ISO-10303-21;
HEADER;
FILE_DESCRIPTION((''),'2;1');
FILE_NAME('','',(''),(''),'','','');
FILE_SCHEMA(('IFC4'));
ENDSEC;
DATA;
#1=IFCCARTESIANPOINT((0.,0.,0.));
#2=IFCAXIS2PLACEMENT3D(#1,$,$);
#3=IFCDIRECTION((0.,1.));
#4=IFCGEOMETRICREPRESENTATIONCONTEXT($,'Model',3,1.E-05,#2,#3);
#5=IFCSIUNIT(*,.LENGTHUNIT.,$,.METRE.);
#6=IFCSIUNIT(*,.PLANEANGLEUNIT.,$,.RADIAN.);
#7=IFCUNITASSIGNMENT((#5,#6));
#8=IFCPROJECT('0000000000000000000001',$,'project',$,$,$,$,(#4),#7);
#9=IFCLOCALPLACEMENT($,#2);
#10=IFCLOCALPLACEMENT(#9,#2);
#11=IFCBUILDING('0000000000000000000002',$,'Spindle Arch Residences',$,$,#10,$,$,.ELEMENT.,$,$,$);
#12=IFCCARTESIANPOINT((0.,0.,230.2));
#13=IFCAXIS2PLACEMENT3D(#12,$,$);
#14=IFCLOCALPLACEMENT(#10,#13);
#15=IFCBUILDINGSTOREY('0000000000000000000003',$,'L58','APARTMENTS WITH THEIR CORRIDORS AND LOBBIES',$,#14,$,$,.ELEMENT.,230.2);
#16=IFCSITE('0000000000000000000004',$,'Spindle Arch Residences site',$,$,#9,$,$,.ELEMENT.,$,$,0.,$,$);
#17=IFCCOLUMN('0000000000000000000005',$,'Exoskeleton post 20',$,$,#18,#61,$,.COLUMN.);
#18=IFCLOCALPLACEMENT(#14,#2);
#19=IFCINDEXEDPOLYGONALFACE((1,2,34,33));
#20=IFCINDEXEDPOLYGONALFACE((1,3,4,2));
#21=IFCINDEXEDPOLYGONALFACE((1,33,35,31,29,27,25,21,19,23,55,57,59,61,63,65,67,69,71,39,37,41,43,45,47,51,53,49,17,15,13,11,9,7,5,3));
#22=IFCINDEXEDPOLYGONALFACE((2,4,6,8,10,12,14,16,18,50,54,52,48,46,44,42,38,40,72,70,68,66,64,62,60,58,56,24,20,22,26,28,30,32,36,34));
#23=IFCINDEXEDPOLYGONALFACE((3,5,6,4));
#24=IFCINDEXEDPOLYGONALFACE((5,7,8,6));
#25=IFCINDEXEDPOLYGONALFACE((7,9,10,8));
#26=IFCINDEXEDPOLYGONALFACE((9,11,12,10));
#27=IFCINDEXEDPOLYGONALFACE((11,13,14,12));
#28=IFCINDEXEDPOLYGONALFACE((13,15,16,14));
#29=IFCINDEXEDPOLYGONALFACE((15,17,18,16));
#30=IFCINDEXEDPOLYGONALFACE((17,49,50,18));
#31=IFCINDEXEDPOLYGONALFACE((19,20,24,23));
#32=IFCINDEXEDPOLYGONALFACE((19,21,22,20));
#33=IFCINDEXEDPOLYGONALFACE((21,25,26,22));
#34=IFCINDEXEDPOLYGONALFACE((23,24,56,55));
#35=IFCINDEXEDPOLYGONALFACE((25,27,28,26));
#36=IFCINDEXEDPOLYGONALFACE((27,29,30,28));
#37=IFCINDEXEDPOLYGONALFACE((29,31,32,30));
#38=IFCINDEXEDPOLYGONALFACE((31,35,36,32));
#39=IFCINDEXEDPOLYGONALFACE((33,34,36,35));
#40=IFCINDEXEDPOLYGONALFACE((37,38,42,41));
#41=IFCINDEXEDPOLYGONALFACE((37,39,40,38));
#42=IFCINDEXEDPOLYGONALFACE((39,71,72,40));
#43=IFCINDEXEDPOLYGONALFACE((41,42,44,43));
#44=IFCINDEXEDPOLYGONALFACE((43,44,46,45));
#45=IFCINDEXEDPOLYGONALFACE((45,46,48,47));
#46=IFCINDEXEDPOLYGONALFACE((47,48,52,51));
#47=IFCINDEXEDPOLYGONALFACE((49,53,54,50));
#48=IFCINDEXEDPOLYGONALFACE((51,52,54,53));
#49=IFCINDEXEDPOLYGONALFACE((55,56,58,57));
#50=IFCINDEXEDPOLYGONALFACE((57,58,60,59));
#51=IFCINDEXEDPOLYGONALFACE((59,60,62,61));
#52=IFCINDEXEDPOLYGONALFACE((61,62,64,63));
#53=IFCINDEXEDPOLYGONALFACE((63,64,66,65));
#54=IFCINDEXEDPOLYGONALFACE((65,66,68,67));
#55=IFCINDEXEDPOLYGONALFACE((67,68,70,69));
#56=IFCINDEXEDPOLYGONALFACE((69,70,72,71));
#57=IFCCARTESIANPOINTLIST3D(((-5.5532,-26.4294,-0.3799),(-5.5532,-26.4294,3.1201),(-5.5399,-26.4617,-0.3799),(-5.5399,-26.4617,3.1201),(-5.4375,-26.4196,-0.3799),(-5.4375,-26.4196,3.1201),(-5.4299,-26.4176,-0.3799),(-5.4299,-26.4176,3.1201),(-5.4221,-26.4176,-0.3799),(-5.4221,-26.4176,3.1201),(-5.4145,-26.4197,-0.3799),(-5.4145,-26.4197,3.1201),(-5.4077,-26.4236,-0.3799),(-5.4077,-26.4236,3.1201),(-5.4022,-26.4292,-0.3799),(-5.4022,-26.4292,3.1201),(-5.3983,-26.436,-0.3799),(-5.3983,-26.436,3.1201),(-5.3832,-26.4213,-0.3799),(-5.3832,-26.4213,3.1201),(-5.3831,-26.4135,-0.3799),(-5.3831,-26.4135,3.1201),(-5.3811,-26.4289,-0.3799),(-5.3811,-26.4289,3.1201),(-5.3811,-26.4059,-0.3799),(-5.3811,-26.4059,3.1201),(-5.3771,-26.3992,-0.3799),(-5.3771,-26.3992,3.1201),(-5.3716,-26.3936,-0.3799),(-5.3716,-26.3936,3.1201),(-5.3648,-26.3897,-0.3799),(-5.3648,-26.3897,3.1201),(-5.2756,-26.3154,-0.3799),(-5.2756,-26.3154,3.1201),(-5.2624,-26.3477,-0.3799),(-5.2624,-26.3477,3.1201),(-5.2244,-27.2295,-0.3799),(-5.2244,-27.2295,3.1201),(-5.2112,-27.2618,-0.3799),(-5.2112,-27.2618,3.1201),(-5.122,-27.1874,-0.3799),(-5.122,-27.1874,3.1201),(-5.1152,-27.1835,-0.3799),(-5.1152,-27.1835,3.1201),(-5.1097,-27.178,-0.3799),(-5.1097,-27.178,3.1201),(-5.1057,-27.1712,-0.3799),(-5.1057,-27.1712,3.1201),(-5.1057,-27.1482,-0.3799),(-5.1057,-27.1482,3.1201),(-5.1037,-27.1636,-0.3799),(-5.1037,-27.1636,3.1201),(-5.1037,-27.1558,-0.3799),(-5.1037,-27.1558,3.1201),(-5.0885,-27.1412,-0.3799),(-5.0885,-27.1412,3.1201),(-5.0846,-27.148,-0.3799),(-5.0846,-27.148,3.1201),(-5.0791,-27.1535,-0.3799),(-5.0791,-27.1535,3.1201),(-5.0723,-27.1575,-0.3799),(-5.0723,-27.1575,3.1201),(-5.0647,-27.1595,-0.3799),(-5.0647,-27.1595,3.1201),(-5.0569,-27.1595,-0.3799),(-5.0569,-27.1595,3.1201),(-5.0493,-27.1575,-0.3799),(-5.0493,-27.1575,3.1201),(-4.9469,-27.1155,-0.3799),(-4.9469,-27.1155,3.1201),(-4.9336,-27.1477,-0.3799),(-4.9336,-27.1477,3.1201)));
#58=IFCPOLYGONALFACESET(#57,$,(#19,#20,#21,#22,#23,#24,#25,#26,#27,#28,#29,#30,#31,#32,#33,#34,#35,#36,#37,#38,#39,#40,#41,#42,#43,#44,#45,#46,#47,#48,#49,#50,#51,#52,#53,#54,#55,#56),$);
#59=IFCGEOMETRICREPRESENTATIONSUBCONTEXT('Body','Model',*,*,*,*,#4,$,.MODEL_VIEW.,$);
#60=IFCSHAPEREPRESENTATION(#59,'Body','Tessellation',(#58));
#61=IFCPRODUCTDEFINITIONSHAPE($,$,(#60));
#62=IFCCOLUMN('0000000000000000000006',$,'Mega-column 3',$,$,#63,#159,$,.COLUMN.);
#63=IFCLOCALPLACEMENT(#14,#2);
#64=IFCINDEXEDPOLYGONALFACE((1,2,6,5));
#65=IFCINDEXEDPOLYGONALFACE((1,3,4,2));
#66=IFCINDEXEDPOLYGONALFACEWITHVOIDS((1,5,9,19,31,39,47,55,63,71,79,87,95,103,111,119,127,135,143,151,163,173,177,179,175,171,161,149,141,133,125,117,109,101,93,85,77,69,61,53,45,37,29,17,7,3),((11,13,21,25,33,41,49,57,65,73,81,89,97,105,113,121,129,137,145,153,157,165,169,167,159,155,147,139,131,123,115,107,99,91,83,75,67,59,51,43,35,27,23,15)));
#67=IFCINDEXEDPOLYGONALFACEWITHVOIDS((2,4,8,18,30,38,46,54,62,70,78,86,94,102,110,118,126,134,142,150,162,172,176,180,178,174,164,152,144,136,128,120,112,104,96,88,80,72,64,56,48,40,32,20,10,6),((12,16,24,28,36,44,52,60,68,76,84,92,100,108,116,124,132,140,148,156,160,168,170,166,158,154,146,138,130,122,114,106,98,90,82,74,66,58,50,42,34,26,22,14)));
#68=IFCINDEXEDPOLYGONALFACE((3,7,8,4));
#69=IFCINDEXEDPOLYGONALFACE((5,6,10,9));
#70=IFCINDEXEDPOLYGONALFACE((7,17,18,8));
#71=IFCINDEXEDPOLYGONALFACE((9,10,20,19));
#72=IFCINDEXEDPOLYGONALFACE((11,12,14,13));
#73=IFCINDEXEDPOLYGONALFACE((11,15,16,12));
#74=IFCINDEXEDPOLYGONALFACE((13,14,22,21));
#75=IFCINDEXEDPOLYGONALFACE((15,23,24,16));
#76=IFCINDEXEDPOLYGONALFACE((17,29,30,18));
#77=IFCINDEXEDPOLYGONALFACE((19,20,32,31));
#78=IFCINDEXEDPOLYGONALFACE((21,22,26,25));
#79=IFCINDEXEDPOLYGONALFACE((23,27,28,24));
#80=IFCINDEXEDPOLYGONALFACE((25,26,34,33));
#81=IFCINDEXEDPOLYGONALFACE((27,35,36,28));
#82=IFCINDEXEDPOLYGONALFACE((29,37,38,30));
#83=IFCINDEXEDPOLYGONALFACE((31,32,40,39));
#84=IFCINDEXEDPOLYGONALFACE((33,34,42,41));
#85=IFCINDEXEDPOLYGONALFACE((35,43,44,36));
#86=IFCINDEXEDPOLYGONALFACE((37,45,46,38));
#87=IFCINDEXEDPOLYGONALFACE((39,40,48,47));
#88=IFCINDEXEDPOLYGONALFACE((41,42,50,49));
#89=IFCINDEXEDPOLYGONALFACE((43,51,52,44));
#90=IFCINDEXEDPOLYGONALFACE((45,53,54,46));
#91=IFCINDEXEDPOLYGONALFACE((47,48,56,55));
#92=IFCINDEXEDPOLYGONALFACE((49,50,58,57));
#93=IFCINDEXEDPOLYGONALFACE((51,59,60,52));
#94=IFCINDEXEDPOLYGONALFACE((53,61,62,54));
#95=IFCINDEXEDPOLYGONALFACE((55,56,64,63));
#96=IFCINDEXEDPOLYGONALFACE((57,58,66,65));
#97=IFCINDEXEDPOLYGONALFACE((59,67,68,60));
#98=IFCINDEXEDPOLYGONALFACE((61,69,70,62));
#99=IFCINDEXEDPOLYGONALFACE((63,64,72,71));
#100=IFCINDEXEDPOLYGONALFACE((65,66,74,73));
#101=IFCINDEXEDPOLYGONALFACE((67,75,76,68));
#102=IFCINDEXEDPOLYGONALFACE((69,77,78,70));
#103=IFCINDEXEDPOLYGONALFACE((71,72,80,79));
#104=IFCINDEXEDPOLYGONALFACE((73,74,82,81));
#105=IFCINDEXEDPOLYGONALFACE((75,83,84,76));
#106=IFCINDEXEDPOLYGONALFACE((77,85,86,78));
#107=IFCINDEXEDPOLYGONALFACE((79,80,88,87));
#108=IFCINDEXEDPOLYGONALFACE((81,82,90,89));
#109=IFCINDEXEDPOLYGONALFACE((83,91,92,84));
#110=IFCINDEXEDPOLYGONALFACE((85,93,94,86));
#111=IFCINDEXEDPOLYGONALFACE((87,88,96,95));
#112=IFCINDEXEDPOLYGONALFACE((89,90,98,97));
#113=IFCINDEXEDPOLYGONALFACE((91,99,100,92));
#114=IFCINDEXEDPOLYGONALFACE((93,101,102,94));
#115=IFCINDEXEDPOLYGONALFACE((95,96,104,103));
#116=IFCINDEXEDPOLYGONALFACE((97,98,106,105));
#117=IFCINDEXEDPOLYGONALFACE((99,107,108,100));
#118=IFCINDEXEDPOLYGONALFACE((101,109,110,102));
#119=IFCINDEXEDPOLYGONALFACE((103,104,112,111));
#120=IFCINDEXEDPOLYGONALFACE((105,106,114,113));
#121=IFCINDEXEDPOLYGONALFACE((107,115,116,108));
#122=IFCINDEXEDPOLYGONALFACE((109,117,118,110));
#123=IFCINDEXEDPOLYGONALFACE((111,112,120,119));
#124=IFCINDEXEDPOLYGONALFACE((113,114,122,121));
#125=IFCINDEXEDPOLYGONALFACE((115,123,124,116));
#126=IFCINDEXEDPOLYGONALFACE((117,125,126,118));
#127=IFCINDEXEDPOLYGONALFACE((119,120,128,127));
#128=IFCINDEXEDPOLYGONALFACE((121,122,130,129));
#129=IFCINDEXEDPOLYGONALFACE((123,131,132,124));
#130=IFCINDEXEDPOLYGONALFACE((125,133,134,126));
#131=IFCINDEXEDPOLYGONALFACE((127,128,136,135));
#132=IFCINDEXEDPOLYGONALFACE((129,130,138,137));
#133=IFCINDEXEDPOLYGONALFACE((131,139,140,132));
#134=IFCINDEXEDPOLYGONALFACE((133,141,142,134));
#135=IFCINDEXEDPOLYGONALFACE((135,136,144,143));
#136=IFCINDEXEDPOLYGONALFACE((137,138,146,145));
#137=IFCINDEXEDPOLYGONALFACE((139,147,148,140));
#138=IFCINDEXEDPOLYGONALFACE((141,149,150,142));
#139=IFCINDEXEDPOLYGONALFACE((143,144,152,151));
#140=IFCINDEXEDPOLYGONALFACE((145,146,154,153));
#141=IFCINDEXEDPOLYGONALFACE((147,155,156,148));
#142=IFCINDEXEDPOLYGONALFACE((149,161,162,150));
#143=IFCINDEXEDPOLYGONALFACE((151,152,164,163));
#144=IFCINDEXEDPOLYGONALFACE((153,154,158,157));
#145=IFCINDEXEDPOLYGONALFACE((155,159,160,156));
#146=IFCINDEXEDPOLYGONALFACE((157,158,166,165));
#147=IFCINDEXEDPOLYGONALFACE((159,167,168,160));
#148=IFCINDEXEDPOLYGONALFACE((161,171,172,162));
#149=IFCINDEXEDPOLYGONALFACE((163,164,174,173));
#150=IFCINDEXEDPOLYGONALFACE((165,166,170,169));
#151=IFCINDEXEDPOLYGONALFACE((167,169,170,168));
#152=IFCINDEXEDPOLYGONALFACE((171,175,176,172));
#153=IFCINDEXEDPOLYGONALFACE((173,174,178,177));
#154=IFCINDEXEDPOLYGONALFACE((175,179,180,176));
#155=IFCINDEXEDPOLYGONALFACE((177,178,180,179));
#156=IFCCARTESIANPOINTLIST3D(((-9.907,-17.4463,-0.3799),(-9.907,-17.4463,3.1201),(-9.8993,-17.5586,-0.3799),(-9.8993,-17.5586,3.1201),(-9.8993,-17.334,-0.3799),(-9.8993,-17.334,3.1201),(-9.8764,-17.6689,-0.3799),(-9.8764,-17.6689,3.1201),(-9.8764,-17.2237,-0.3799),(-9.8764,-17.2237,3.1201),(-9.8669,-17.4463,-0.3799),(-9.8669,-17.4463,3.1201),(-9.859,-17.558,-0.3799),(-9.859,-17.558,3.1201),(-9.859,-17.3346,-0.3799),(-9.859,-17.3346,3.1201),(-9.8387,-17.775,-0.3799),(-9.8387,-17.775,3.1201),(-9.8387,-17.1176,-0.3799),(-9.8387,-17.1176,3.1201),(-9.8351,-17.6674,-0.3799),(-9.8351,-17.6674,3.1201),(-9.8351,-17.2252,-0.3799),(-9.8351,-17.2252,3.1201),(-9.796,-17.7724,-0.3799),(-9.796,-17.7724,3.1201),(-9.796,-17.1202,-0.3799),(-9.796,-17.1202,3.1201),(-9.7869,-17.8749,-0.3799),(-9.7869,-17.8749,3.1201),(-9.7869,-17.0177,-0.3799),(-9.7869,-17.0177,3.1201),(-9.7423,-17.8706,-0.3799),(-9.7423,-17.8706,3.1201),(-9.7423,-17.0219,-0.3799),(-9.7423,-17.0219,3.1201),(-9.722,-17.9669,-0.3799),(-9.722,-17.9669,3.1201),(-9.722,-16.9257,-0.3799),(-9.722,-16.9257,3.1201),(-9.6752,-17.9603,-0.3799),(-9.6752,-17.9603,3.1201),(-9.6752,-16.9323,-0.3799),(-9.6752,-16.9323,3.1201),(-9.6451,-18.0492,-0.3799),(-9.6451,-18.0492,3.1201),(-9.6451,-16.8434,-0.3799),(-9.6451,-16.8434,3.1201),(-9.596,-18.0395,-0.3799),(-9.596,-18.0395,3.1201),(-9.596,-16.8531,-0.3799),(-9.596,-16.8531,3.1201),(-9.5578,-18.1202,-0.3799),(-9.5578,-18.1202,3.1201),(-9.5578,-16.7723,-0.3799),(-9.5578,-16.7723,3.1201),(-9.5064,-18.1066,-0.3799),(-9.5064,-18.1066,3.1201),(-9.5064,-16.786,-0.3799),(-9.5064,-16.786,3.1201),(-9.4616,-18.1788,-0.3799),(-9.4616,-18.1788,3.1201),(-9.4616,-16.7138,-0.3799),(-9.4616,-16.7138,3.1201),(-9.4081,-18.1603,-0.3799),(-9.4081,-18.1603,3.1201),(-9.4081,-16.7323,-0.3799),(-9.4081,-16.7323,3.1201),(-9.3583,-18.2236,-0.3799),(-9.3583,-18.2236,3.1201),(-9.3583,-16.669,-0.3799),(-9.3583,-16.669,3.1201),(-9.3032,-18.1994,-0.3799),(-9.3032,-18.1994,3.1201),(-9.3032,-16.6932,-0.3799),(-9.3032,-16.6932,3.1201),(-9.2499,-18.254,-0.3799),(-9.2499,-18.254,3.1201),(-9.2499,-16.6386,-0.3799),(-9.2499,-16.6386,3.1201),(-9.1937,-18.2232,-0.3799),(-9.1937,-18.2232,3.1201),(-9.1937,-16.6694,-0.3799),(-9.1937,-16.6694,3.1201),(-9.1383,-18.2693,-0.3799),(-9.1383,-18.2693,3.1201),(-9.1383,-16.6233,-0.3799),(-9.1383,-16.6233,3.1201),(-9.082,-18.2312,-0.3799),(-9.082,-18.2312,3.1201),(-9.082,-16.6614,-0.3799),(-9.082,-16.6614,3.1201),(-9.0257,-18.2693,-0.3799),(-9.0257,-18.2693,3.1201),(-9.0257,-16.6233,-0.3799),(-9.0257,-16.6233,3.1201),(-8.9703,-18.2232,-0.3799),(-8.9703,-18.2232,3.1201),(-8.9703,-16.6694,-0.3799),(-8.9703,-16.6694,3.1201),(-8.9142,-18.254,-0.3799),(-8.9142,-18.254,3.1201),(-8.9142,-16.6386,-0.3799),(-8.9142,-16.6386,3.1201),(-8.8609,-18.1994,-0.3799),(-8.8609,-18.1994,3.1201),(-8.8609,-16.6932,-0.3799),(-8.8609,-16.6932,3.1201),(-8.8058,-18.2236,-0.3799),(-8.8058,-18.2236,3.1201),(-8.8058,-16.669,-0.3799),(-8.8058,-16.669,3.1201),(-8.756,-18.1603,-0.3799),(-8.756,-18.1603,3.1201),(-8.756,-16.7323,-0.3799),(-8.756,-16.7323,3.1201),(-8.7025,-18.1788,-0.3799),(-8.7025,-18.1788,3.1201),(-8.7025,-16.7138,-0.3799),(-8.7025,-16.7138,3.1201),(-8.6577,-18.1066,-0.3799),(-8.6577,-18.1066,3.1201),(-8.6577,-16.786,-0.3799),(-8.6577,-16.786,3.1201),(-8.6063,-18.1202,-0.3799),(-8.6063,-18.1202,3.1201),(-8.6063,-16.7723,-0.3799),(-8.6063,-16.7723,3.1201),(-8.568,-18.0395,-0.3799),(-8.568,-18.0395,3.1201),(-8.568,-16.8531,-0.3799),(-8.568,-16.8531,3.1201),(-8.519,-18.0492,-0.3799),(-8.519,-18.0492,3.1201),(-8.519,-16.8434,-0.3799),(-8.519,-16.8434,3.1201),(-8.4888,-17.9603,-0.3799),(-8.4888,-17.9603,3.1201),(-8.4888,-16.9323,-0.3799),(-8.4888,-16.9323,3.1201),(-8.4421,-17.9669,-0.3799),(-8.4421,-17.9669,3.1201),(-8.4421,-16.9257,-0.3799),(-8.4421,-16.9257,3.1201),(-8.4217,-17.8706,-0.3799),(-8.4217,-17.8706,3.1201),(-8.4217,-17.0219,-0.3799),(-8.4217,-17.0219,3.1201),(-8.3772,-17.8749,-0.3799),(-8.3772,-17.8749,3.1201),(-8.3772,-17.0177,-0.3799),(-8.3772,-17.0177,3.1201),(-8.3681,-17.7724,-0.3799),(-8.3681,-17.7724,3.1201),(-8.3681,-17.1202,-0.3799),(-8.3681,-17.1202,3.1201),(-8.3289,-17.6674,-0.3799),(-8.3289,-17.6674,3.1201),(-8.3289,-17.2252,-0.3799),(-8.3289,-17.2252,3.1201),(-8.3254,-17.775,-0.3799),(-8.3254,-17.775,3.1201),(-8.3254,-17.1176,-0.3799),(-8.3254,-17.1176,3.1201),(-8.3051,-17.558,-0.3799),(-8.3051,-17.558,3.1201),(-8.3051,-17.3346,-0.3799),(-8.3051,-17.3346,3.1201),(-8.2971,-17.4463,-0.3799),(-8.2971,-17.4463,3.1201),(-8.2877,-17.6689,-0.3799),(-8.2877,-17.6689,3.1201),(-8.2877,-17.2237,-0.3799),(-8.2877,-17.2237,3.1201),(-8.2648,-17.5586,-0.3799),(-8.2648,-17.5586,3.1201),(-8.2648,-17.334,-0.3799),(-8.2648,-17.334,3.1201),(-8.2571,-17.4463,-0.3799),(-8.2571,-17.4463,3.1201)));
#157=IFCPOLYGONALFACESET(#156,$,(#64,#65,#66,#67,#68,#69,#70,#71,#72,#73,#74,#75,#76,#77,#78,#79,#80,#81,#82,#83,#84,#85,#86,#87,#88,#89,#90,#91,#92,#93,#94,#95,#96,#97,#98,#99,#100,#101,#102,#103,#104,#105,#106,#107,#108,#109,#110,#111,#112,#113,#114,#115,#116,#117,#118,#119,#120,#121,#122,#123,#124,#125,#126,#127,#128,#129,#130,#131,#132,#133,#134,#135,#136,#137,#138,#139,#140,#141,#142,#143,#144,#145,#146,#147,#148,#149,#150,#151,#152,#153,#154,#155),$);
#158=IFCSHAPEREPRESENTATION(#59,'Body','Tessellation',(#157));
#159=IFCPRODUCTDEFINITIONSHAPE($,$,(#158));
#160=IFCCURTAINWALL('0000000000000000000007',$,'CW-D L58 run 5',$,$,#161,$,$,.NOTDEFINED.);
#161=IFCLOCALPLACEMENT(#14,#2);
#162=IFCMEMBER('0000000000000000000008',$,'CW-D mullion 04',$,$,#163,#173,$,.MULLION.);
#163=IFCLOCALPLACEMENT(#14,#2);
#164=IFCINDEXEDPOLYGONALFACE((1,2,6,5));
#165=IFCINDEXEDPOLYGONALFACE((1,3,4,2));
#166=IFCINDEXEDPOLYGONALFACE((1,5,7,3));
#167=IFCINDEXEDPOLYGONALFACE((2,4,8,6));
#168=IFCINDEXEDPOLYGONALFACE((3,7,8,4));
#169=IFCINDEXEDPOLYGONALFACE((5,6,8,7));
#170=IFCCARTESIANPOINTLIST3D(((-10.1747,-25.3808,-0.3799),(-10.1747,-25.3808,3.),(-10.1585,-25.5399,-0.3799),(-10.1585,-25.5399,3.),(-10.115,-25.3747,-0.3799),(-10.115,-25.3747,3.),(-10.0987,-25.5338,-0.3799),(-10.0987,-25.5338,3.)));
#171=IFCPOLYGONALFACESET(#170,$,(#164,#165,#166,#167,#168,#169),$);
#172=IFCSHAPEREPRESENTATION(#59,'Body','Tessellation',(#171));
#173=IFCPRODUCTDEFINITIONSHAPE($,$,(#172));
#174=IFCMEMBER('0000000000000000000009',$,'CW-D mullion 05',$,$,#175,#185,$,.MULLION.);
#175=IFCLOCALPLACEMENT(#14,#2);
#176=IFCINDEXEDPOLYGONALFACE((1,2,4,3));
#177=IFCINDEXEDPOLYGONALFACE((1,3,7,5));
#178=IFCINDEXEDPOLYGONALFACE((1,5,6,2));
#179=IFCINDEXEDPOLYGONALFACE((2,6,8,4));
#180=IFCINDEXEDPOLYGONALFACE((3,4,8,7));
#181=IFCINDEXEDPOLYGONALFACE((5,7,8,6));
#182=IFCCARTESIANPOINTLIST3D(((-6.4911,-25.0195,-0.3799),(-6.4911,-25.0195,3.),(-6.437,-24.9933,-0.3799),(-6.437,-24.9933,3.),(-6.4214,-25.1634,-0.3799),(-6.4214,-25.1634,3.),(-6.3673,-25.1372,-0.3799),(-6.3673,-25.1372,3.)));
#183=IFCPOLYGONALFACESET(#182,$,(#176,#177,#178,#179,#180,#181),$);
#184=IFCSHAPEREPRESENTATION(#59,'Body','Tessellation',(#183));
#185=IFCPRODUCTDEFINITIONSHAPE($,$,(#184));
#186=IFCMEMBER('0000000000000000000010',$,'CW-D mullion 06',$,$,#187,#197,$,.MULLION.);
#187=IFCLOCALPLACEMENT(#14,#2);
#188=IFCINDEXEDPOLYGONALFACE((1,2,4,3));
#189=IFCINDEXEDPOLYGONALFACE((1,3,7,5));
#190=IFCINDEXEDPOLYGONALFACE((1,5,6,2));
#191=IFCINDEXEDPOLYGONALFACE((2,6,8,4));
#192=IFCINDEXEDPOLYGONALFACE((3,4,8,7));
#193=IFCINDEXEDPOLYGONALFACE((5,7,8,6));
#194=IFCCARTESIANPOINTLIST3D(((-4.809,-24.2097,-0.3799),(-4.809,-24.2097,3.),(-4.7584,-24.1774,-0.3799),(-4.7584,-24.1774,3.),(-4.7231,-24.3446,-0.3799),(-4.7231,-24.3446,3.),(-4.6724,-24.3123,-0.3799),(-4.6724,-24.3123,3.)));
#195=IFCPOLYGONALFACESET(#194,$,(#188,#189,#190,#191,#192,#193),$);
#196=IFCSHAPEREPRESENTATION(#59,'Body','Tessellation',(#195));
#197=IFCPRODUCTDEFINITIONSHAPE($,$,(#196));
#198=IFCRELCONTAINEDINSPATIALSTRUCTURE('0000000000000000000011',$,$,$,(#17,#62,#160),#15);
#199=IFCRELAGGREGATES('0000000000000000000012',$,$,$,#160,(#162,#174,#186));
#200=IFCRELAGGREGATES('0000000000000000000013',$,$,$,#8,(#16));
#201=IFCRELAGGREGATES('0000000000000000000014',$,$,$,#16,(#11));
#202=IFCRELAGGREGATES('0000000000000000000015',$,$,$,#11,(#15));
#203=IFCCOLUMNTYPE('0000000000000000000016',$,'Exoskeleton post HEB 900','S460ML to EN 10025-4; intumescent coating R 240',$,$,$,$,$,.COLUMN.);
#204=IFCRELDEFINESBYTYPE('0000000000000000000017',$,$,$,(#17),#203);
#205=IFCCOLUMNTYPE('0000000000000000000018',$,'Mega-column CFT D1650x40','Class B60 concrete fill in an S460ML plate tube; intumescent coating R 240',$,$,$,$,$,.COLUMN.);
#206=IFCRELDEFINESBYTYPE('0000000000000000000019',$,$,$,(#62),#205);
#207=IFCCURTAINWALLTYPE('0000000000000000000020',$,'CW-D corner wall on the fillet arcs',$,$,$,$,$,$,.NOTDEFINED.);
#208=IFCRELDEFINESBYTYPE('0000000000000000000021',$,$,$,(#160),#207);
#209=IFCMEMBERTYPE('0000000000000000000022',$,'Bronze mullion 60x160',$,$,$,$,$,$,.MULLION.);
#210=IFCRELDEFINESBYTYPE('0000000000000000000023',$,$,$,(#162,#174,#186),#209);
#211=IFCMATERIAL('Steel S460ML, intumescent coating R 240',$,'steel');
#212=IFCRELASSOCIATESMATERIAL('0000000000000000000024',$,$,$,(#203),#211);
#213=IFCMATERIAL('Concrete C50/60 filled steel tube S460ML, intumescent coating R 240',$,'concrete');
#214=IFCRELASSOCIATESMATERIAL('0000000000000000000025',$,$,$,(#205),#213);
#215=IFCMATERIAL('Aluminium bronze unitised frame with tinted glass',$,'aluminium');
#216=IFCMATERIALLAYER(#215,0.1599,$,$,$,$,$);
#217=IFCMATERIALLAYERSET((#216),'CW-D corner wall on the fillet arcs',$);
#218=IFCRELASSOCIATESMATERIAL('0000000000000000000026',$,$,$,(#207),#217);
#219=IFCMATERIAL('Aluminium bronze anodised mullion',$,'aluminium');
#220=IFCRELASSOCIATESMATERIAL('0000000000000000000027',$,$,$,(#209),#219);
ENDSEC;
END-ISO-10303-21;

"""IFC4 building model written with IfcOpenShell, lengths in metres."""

from ifc_helpers import new_model, si_unit, direction, frame, origin, origin_2d, place, context, subcontext, project, spatial, rectangle, hollow_circle, i_section, extrude, material, layer, layer_set, material_profile, profile_set, type_object, element, aggregate, save


model = new_model("IFC4")

# Units and contexts
model_context = context("Model", 3, precision=1e-05, world=origin(), true_north=direction((0.0, 1.0)))
body_context = subcontext(model_context, "Body", "Model", "MODEL_VIEW")
ifc_project = project(units=[si_unit("LENGTHUNIT", "METRE"), si_unit("PLANEANGLEUNIT", "RADIAN")], contexts=[model_context])

# Site, building, storey
site_placement = place(None, origin())
site = spatial("IfcSite", under=ifc_project, at=site_placement, Name="Spindle Arch Residences site", CompositionType="ELEMENT", RefElevation=0.0)
building_placement = place(site_placement, origin())
building = spatial("IfcBuilding", under=site, at=building_placement, Name="Spindle Arch Residences", CompositionType="ELEMENT")
storey_placement = place(building_placement, frame((0.0, 0.0, 230.2)))
storey = spatial("IfcBuildingStorey", under=building, at=storey_placement, Name="L58", Description="APARTMENTS WITH THEIR CORRIDORS AND LOBBIES", CompositionType="ELEMENT", Elevation=230.2)

# Columns
ifc_material_1 = material(Name="Steel S460ML, intumescent coating R 240", Category="steel")
ifc_material_profile_1 = material_profile(ifc_material_1, i_section(OverallWidth=0.3, OverallDepth=0.8999, WebThickness=0.0186, FlangeThickness=0.0349, FilletRadius=0.03, at=origin_2d()), Name="HEB 900")
ifc_profile_set_1 = profile_set([ifc_material_profile_1], Name="Steel S460ML, intumescent coating R 240")
column_type_1 = type_object("IfcColumnType", Name="Exoskeleton post HEB 900", Description="S460ML to EN 10025-4; intumescent coating R 240", PredefinedType="COLUMN", material=ifc_profile_set_1)
column_1_placement = place(storey_placement, frame((-5.2434, -26.7886, -0.3799), z_axis=(0.0, 0.0, 1.0), x_axis=(-0.924968, -0.380046, 0.0)))
element("IfcColumn", 1, at=column_1_placement, inside=storey, type_object=column_type_1, Name="Exoskeleton post 20", PredefinedType="COLUMN", context=body_context, shape_type="SweptSolid", body=[
    extrude(i_section(OverallWidth=0.3, OverallDepth=0.8999, WebThickness=0.0186, FlangeThickness=0.0349, FilletRadius=0.03, at=origin_2d()), origin(), (0.0, 0.0, 1.0), 3.5),
])
ifc_material_2 = material(Name="Concrete C50/60 filled steel tube S460ML, intumescent coating R 240", Category="concrete")
ifc_material_profile_2 = material_profile(ifc_material_2, hollow_circle(Radius=0.825, WallThickness=0.04, at=origin_2d()), Name="CFT D1650x40")
ifc_profile_set_2 = profile_set([ifc_material_profile_2], Name="Concrete C50/60 filled steel tube S460ML, intumescent coating R 240")
column_type_2 = type_object("IfcColumnType", Name="Mega-column CFT D1650x40", Description="Class B60 concrete fill in an S460ML plate tube; intumescent coating R 240", PredefinedType="COLUMN", material=ifc_profile_set_2)
column_2_placement = place(storey_placement, frame((-9.082, -17.4463, -0.3799), z_axis=(0.0, 0.0, 1.0), x_axis=(1.0, 0.0, 0.0)))
element("IfcColumn", 2, at=column_2_placement, inside=storey, type_object=column_type_2, Name="Mega-column 3", PredefinedType="COLUMN", context=body_context, shape_type="SweptSolid", body=[
    extrude(hollow_circle(Radius=0.825, WallThickness=0.04, at=origin_2d()), origin(), (0.0, 0.0, 1.0), 3.5),
])

# Curtain wall, members
ifc_material_3 = material(Name="Aluminium bronze unitised frame with tinted glass", Category="aluminium")
ifc_layer_1 = layer(ifc_material_3, 0.1599)
ifc_layer_set_1 = layer_set([ifc_layer_1], Name="CW-D corner wall on the fillet arcs")
curtain_wall_type = type_object("IfcCurtainWallType", Name="CW-D corner wall on the fillet arcs", PredefinedType="NOTDEFINED", material=ifc_layer_set_1)
curtain_wall_placement = place(storey_placement, origin())
curtain_wall = element("IfcCurtainWall", 3, at=curtain_wall_placement, inside=storey, type_object=curtain_wall_type, Name="CW-D L58 run 5", PredefinedType="NOTDEFINED")
ifc_material_4 = material(Name="Aluminium bronze anodised mullion", Category="aluminium")
ifc_material_profile_3 = material_profile(ifc_material_4, rectangle(XDim=0.1599, YDim=0.0601, at=origin_2d()), Name="MU 60x160")
ifc_profile_set_3 = profile_set([ifc_material_profile_3], Name="Aluminium bronze anodised mullion")
member_type_1 = type_object("IfcMemberType", Name="Bronze mullion 60x160", PredefinedType="MULLION", material=ifc_profile_set_3)
member_1_placement = place(storey_placement, frame((-10.1367, -25.4573, -0.3799), z_axis=(0.0, 0.0, 1.0), x_axis=(-0.101635, 0.994822, 0.0)))
member_1 = element("IfcMember", 4, at=member_1_placement, type_object=member_type_1, Name="CW-D mullion 04", PredefinedType="MULLION", context=body_context, shape_type="SweptSolid", body=[
    extrude(rectangle(XDim=0.1599, YDim=0.0601, at=origin_2d()), origin(), (0.0, 0.0, 1.0), 3.3799),
])
member_2_placement = place(storey_placement, frame((-6.4292, -25.0784, -0.3799), z_axis=(0.0, 0.0, 1.0), x_axis=(-0.435755, 0.900065, 0.0)))
member_2 = element("IfcMember", 5, at=member_2_placement, type_object=member_type_1, Name="CW-D mullion 05", PredefinedType="MULLION", context=body_context, shape_type="SweptSolid", body=[
    extrude(rectangle(XDim=0.1599, YDim=0.0601, at=origin_2d()), origin(), (0.0, 0.0, 1.0), 3.3799),
])
member_3_placement = place(storey_placement, frame((-4.7407, -24.261, -0.3799), z_axis=(0.0, 0.0, 1.0), x_axis=(-0.5373, 0.843391, 0.0)))
member_3 = element("IfcMember", 6, at=member_3_placement, type_object=member_type_1, Name="CW-D mullion 06", PredefinedType="MULLION", context=body_context, shape_type="SweptSolid", body=[
    extrude(rectangle(XDim=0.1599, YDim=0.0601, at=origin_2d()), origin(), (0.0, 0.0, 1.0), 3.3799),
])

aggregate(curtain_wall, [member_1, member_2, member_3])

save(model, "model.ifc")
